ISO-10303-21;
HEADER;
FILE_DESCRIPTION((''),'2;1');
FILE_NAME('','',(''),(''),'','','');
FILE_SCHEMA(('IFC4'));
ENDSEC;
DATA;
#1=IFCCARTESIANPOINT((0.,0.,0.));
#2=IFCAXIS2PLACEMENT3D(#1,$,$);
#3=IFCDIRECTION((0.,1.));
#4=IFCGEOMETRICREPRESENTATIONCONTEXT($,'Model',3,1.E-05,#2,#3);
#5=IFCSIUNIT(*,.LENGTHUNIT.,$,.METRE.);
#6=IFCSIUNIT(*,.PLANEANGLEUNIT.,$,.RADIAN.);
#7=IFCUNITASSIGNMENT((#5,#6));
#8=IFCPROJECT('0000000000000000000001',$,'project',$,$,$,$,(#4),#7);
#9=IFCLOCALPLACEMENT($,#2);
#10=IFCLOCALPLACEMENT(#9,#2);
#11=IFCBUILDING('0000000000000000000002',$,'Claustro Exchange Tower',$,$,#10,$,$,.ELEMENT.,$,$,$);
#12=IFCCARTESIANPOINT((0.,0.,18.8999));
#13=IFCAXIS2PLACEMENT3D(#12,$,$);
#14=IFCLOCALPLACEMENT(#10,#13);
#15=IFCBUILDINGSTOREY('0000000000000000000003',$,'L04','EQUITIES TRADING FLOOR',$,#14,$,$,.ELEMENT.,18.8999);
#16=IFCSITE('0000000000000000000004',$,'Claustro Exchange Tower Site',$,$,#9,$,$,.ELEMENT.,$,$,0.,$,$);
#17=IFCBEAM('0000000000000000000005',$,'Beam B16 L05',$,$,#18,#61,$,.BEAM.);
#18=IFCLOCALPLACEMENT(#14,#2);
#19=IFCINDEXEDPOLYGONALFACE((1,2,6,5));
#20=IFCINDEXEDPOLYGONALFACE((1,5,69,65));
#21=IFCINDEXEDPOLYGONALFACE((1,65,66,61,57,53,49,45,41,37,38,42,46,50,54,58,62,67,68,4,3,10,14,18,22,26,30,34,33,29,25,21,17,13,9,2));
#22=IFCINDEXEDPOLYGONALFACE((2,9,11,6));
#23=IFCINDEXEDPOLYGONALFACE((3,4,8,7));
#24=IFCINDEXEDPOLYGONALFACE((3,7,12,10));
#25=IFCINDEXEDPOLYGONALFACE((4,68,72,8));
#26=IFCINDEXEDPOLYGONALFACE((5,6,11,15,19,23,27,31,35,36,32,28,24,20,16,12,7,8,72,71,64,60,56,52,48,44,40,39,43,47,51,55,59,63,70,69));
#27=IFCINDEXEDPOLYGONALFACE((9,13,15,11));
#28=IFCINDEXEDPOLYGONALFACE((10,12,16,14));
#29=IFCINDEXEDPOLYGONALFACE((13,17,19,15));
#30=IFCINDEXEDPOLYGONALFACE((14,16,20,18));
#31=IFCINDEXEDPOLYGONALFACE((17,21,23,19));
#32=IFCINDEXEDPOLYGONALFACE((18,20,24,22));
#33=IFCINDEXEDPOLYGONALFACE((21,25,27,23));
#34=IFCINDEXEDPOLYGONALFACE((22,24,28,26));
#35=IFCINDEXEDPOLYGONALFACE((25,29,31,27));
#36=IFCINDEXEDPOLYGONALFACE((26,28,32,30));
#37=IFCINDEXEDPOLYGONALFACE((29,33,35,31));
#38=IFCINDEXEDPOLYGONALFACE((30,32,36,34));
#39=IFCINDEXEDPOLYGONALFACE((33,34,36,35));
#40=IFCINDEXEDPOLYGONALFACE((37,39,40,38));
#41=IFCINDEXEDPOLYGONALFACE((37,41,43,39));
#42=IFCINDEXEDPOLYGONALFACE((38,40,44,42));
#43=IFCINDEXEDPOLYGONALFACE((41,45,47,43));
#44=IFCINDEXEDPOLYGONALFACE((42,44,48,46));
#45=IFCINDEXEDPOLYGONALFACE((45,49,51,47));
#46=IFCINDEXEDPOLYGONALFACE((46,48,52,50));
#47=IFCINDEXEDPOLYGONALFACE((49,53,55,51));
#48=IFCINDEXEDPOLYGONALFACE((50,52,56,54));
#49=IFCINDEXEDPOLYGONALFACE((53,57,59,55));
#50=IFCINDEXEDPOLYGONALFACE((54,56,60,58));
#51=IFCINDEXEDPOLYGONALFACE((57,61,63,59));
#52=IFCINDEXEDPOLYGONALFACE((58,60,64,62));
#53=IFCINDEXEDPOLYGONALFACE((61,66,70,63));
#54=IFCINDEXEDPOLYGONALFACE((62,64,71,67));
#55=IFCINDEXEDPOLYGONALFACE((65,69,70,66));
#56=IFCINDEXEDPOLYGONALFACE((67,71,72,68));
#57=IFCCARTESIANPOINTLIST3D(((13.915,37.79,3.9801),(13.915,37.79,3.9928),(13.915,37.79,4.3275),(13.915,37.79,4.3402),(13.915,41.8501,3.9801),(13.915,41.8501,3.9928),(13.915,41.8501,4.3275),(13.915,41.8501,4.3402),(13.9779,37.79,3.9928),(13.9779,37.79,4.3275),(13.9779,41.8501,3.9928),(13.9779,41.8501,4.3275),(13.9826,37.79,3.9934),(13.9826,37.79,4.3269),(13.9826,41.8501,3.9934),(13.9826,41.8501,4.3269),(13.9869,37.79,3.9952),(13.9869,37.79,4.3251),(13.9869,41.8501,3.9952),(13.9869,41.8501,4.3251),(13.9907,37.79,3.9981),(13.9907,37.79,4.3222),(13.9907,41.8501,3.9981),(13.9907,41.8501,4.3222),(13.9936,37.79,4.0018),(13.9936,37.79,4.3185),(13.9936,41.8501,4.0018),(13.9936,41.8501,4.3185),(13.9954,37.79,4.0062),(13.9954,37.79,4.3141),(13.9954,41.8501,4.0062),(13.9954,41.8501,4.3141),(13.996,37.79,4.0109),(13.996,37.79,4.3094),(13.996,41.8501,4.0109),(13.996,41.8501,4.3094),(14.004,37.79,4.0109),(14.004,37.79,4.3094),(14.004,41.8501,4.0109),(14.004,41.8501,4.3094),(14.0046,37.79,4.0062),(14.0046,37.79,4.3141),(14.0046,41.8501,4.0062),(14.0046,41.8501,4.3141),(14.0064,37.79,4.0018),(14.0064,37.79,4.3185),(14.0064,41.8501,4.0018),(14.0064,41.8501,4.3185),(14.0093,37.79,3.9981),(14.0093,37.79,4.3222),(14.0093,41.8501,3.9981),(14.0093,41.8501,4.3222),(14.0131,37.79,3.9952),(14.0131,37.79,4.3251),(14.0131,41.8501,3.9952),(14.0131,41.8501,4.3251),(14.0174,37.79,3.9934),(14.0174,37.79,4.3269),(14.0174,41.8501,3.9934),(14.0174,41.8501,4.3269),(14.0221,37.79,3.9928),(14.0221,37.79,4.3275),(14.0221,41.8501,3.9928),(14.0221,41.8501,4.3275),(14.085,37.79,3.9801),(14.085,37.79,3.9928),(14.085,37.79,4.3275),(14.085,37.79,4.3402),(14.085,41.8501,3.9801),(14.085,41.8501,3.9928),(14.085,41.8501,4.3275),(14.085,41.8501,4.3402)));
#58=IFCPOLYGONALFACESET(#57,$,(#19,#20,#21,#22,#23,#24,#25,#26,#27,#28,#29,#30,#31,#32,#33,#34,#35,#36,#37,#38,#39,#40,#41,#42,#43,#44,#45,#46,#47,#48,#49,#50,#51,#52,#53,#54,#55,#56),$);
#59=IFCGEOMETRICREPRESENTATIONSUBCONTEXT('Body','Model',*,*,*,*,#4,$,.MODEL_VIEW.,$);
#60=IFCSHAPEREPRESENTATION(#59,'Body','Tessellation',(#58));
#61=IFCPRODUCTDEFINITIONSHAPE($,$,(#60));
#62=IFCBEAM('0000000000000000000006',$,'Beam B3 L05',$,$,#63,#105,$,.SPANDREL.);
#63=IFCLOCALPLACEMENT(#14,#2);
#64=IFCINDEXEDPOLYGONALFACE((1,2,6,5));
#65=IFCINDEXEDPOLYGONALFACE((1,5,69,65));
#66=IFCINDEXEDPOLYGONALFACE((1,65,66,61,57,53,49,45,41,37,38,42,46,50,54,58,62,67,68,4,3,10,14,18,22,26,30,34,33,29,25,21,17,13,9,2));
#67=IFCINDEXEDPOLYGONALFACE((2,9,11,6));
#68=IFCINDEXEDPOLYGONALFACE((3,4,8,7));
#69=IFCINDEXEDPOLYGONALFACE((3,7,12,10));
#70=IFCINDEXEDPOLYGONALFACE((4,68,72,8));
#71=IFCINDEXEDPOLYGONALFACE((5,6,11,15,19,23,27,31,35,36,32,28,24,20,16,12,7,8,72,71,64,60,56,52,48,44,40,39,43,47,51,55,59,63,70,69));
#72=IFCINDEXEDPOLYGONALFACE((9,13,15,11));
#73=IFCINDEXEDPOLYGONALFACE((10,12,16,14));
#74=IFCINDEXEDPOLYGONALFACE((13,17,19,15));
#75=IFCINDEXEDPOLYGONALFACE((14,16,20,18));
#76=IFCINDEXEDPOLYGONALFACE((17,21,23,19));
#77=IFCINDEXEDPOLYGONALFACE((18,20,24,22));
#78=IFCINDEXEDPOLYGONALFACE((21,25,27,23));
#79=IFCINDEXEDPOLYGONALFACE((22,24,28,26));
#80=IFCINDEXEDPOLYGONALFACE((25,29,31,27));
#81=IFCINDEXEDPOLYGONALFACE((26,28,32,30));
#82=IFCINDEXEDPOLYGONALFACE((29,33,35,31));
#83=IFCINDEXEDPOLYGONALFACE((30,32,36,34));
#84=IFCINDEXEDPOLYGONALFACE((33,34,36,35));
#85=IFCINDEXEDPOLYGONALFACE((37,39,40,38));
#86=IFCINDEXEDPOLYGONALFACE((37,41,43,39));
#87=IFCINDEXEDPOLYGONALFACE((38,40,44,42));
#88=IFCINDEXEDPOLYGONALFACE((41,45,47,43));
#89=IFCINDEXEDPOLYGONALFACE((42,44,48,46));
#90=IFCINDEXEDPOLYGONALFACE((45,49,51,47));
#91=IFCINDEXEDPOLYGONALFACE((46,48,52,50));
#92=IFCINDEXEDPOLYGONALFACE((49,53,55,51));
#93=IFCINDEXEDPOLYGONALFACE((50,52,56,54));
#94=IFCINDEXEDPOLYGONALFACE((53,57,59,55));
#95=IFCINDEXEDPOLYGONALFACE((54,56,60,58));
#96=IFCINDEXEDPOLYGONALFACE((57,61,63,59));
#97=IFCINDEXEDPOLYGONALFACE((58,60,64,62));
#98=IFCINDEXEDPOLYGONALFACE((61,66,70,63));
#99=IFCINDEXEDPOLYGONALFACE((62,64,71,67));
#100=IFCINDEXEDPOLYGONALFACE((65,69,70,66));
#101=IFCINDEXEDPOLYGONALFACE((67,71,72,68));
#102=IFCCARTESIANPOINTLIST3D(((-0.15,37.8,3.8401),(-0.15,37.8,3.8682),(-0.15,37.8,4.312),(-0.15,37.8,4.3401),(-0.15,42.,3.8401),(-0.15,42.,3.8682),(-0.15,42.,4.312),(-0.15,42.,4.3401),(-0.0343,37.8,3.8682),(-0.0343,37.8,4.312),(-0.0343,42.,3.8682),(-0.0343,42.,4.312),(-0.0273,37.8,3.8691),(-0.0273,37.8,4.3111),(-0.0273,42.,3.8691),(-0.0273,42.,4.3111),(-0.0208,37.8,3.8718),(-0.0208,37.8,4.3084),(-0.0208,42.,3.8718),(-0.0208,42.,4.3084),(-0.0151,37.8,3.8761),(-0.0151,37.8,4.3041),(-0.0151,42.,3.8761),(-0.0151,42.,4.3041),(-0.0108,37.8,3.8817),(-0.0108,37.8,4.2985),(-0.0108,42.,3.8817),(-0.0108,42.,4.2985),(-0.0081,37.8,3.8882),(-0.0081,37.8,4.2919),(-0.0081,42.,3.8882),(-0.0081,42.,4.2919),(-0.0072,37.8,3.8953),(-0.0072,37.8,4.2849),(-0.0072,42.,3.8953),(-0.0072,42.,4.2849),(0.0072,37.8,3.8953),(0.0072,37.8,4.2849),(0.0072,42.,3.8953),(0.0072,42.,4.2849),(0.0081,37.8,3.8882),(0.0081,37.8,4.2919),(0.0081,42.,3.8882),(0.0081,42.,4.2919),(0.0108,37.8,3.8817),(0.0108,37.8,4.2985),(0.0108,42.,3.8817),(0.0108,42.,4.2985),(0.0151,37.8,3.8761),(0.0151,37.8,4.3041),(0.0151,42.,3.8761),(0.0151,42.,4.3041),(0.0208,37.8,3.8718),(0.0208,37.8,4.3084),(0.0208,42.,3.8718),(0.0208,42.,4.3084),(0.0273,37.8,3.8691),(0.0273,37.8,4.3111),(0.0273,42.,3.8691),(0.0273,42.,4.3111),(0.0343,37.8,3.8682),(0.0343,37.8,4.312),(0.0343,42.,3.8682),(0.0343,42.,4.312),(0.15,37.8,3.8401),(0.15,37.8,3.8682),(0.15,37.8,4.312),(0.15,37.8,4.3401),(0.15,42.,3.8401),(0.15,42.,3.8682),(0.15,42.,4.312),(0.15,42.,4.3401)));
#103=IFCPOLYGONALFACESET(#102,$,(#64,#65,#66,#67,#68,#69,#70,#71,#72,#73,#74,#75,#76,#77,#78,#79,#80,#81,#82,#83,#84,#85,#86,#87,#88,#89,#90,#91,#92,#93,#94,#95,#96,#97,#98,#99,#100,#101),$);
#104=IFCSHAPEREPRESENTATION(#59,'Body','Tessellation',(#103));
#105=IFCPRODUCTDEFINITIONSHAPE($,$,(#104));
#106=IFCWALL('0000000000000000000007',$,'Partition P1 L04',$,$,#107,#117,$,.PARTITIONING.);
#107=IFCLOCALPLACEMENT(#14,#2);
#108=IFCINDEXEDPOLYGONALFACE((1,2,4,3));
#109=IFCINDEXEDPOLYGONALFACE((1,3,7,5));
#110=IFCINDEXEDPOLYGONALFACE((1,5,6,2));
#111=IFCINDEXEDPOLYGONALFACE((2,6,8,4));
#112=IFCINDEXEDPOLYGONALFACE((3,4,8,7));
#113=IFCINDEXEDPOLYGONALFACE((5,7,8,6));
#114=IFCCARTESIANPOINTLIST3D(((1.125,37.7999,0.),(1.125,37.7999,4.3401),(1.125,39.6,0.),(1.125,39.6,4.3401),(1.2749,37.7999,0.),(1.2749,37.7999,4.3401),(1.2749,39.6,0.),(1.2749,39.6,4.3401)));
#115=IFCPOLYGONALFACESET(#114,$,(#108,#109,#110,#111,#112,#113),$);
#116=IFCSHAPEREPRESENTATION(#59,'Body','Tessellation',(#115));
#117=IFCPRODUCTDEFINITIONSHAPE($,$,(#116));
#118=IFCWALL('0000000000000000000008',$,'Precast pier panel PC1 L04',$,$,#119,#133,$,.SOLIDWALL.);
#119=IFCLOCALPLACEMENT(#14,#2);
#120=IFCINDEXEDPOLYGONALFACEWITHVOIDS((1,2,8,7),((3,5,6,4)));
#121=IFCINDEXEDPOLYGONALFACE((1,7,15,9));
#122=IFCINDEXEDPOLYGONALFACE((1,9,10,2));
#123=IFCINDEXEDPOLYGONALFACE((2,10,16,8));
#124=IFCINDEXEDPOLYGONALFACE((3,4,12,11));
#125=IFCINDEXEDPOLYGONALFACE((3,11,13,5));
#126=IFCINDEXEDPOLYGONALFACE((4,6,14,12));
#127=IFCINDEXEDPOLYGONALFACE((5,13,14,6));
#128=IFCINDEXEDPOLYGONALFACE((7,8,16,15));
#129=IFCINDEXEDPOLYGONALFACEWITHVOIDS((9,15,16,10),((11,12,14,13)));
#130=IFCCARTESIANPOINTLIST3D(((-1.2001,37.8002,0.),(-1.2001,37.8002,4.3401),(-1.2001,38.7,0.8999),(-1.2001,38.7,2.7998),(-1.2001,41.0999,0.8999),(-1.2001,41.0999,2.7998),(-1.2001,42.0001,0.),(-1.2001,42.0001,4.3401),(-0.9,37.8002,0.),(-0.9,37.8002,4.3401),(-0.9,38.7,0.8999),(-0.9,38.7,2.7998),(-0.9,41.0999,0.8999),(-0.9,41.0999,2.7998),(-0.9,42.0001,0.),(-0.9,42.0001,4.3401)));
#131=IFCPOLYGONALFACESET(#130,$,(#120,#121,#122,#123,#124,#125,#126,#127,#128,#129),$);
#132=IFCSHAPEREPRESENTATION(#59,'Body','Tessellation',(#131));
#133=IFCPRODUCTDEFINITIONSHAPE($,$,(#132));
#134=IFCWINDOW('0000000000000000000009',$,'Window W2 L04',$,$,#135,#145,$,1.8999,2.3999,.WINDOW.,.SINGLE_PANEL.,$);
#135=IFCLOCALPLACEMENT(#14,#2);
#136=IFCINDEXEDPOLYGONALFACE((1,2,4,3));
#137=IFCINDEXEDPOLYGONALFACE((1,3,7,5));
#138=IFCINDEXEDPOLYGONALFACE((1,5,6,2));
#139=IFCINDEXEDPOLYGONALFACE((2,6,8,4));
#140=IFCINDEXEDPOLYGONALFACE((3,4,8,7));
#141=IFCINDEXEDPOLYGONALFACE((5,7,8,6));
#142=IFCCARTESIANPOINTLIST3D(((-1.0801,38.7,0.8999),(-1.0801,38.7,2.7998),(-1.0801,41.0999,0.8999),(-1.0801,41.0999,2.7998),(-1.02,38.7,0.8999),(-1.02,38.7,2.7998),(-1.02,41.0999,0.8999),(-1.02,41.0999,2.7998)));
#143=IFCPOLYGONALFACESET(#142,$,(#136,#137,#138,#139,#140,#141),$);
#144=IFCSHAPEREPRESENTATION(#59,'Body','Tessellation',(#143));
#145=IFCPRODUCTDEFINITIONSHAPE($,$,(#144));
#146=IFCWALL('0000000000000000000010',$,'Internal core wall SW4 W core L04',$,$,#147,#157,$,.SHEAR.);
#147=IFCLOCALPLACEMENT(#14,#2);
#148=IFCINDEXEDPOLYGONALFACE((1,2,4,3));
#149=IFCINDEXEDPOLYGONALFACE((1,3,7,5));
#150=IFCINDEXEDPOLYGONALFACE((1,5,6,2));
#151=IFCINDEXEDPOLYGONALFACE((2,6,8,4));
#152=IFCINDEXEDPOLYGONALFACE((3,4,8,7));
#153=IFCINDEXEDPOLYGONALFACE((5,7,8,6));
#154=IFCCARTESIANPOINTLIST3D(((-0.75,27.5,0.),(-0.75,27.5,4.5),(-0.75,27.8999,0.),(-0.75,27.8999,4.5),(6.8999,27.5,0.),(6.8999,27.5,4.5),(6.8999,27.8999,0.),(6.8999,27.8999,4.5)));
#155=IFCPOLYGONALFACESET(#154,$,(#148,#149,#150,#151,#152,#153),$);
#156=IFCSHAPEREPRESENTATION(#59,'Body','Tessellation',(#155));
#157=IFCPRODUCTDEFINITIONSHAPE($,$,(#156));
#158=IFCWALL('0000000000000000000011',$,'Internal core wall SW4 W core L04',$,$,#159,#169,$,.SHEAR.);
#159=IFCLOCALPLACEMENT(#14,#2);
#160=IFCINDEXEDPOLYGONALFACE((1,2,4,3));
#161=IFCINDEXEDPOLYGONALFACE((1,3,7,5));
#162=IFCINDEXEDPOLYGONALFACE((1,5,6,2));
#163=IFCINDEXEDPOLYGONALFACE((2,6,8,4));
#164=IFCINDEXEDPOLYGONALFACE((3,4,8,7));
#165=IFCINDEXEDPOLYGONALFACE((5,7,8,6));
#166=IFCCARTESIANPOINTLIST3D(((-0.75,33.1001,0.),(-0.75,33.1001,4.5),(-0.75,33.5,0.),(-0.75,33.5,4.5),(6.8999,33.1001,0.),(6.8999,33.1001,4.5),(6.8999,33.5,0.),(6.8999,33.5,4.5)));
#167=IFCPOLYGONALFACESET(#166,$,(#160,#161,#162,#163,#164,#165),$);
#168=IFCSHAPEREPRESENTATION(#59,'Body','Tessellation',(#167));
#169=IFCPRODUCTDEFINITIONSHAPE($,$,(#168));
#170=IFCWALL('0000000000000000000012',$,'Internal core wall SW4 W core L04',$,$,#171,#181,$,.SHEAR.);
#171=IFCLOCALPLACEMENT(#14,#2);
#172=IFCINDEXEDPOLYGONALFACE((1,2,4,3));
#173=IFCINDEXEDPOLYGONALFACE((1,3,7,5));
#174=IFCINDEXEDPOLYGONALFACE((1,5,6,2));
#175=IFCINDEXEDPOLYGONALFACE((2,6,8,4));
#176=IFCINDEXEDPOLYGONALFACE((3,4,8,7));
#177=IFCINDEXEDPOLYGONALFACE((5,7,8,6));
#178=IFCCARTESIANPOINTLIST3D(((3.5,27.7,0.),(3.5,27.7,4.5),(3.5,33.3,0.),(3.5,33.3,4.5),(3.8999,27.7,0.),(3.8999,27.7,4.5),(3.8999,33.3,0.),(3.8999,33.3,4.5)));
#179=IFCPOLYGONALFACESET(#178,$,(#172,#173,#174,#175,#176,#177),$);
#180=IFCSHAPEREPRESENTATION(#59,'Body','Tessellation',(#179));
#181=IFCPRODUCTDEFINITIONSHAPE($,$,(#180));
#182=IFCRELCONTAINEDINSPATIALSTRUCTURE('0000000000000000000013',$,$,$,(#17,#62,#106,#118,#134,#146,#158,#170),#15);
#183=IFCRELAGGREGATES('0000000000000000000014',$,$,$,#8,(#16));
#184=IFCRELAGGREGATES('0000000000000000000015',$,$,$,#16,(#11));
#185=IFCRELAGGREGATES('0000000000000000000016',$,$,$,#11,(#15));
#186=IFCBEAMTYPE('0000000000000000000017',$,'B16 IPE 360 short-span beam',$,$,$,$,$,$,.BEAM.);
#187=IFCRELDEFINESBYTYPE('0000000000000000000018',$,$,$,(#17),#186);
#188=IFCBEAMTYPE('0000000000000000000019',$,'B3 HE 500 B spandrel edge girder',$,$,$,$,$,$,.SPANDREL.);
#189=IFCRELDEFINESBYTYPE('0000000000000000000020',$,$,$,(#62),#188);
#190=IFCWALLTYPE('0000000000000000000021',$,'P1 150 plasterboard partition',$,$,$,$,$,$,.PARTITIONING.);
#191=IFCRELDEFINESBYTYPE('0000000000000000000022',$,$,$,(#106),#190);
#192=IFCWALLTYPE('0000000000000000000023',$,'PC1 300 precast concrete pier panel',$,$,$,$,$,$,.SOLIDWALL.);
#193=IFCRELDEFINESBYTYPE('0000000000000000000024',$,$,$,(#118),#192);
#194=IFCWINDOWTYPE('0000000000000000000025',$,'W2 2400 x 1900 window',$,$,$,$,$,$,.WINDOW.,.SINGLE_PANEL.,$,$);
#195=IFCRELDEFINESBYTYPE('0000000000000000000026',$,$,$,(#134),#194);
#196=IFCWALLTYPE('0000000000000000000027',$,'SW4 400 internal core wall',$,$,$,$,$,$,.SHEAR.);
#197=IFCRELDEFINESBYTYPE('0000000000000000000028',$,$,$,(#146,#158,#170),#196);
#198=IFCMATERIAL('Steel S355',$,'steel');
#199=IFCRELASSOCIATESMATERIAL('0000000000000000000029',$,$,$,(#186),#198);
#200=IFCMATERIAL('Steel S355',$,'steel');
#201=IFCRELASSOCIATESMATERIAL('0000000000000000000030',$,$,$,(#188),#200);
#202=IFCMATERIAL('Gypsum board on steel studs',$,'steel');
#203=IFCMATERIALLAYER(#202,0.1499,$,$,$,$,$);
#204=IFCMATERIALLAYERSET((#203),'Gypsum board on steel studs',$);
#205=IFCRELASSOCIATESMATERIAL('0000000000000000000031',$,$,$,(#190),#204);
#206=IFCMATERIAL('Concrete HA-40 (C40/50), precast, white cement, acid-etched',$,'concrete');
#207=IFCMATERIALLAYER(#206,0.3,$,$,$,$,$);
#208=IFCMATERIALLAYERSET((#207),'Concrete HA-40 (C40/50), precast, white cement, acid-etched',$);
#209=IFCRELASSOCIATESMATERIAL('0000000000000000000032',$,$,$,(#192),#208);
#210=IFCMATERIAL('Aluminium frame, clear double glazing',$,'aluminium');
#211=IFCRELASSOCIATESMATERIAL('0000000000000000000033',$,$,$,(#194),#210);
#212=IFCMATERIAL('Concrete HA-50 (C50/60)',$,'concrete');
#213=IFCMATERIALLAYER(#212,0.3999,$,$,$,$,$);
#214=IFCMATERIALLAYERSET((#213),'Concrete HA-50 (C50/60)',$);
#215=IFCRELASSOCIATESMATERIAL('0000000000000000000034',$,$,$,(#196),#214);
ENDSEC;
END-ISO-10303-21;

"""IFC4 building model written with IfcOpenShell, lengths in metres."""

from ifc_helpers import new_model, si_unit, direction, frame, frame_2d, origin, origin_2d, place, context, subcontext, project, spatial, rectangle, i_section, extrude, material, layer, layer_set, material_profile, profile_set, type_object, element, fill, save


model = new_model("IFC4")

# Units and contexts
model_context = context("Model", 3, precision=1e-05, world=origin(), true_north=direction((0.0, 1.0)))
body_context = subcontext(model_context, "Body", "Model", "MODEL_VIEW")
ifc_project = project(units=[si_unit("LENGTHUNIT", "METRE"), si_unit("PLANEANGLEUNIT", "RADIAN")], contexts=[model_context])

# Site, building, storey
site_placement = place(None, origin())
site = spatial("IfcSite", under=ifc_project, at=site_placement, Name="Claustro Exchange Tower Site", CompositionType="ELEMENT", RefElevation=0.0)
building_placement = place(site_placement, origin())
building = spatial("IfcBuilding", under=site, at=building_placement, Name="Claustro Exchange Tower", CompositionType="ELEMENT")
storey_placement = place(building_placement, frame((0.0, 0.0, 18.8999)))
storey = spatial("IfcBuildingStorey", under=building, at=storey_placement, Name="L04", Description="EQUITIES TRADING FLOOR", CompositionType="ELEMENT", Elevation=18.8999)

# Beams
ifc_material_1 = material(Name="Steel S355", Category="steel")
ifc_material_profile_1 = material_profile(ifc_material_1, i_section(OverallWidth=0.1699, OverallDepth=0.3601, WebThickness=0.0081, FlangeThickness=0.0127, FilletRadius=0.0181, at=origin_2d()), Name="IPE 360")
ifc_profile_set_1 = profile_set([ifc_material_profile_1], Name="Steel S355")
beam_type_1 = type_object("IfcBeamType", Name="B16 IPE 360 short-span beam", PredefinedType="BEAM", material=ifc_profile_set_1)
for number, where, z_axis, x_axis, name in (
    (1, (14.0, 37.79, 4.1602), (0.0, 1.0, 0.0), (-1.0, 0.0, 0.0), "Beam B16 L05"),
):
    element("IfcBeam", number, at=place(storey_placement, frame(where, z_axis=z_axis, x_axis=x_axis)), inside=storey, type_object=beam_type_1, Name=name, PredefinedType="BEAM", context=body_context, shape_type="SweptSolid", body=[
        extrude(i_section(OverallWidth=0.1699, OverallDepth=0.3601, WebThickness=0.0081, FlangeThickness=0.0127, FilletRadius=0.0181, at=origin_2d()), origin(), (0.0, 0.0, 1.0), 4.0601),
    ])
ifc_material_2 = material(Name="Steel S355", Category="steel")
ifc_material_profile_2 = material_profile(ifc_material_2, i_section(OverallWidth=0.3, OverallDepth=0.5, WebThickness=0.0144, FlangeThickness=0.0281, FilletRadius=0.0271, at=origin_2d()), Name="HE 500 B")
ifc_profile_set_2 = profile_set([ifc_material_profile_2], Name="Steel S355")
beam_type_2 = type_object("IfcBeamType", Name="B3 HE 500 B spandrel edge girder", PredefinedType="SPANDREL", material=ifc_profile_set_2)
beam_1_placement = place(storey_placement, frame((0.0, 37.8, 4.0901), z_axis=(0.0, 1.0, 0.0), x_axis=(-1.0, 0.0, 0.0)))
element("IfcBeam", 2, at=beam_1_placement, inside=storey, type_object=beam_type_2, Name="Beam B3 L05", PredefinedType="SPANDREL", context=body_context, shape_type="SweptSolid", body=[
    extrude(i_section(OverallWidth=0.3, OverallDepth=0.5, WebThickness=0.0144, FlangeThickness=0.0281, FilletRadius=0.0271, at=origin_2d()), origin(), (0.0, 0.0, 1.0), 4.2),
])

# Wall
ifc_material_3 = material(Name="Gypsum board on steel studs", Category="steel")
ifc_layer_1 = layer(ifc_material_3, 0.1499)
ifc_layer_set_1 = layer_set([ifc_layer_1], Name="Gypsum board on steel studs")
wall_type_1 = type_object("IfcWallType", Name="P1 150 plasterboard partition", PredefinedType="PARTITIONING", material=ifc_layer_set_1)
wall_1_placement = place(storey_placement, frame((1.2, 37.8, 0.0), z_axis=(0.0, 0.0, 1.0), x_axis=(0.0, 1.0, 0.0)))
element("IfcWall", 3, at=wall_1_placement, inside=storey, type_object=wall_type_1, Name="Partition P1 L04", PredefinedType="PARTITIONING", context=body_context, shape_type="SweptSolid", body=[
    extrude(rectangle(XDim=1.8, YDim=0.1499, at=frame_2d((0.8999, 0.0))), origin(), (0.0, 0.0, 1.0), 4.3401),
])

# Wall, opening, window
ifc_material_4 = material(Name="Concrete HA-40 (C40/50), precast, white cement, acid-etched", Category="concrete")
ifc_layer_2 = layer(ifc_material_4, 0.3)
ifc_layer_set_2 = layer_set([ifc_layer_2], Name="Concrete HA-40 (C40/50), precast, white cement, acid-etched")
wall_type_2 = type_object("IfcWallType", Name="PC1 300 precast concrete pier panel", PredefinedType="SOLIDWALL", material=ifc_layer_set_2)
wall_2_placement = place(storey_placement, frame((-1.05, 37.8, 0.0), z_axis=(0.0, 0.0, 1.0), x_axis=(0.0, 1.0, 0.0)))
wall_2 = element("IfcWall", 4, at=wall_2_placement, inside=storey, type_object=wall_type_2, Name="Precast pier panel PC1 L04", PredefinedType="SOLIDWALL", context=body_context, shape_type="SweptSolid", body=[
    extrude(rectangle(XDim=4.2, YDim=0.3, at=frame_2d((2.1001, 0.0))), origin(), (0.0, 0.0, 1.0), 4.3401),
])
opening_1_placement = place(wall_2_placement, frame((0.8999, 0.0, 0.8999)))
opening_1 = element("IfcOpeningElement", 5, at=opening_1_placement, cuts=wall_2, PredefinedType="OPENING", context=body_context, shape_type="SweptSolid", body=[
    extrude(rectangle(XDim=2.3999, YDim=1.8999, at=frame_2d((1.2, 0.95))), frame((0.0, 0.1599, 0.0), z_axis=(0.0, -1.0, 0.0), x_axis=(1.0, 0.0, 0.0)), (0.0, 0.0, 1.0), 0.3201),
])
ifc_material_5 = material(Name="Aluminium frame, clear double glazing", Category="aluminium")
window_type = type_object("IfcWindowType", Name="W2 2400 x 1900 window", PartitioningType="SINGLE_PANEL", PredefinedType="WINDOW", material=ifc_material_5)
window_placement = place(opening_1_placement, origin())
window = element("IfcWindow", 6, at=window_placement, inside=storey, type_object=window_type, Name="Window W2 L04", OverallHeight=1.8999, OverallWidth=2.3999, PartitioningType="SINGLE_PANEL", PredefinedType="WINDOW", context=body_context, shape_type="SweptSolid", body=[
    extrude(rectangle(XDim=2.3999, YDim=1.8999, at=frame_2d((1.2, 0.95))), frame((0.0, 0.03, 0.0), z_axis=(0.0, -1.0, 0.0), x_axis=(1.0, 0.0, 0.0)), (0.0, 0.0, 1.0), 0.0601),
])
fill(opening_1, window)

# Walls
ifc_material_6 = material(Name="Concrete HA-50 (C50/60)", Category="concrete")
ifc_layer_3 = layer(ifc_material_6, 0.3999)
ifc_layer_set_3 = layer_set([ifc_layer_3], Name="Concrete HA-50 (C50/60)")
wall_type_3 = type_object("IfcWallType", Name="SW4 400 internal core wall", PredefinedType="SHEAR", material=ifc_layer_set_3)
for number, where, z_axis, x_axis, name in (
    (7, (-0.75, 27.7, 0.0), (0.0, 0.0, 1.0), (1.0, 0.0, 0.0), "Internal core wall SW4 W core L04"),
    (8, (-0.75, 33.3, 0.0), (0.0, 0.0, 1.0), (1.0, 0.0, 0.0), "Internal core wall SW4 W core L04"),
):
    element("IfcWall", number, at=place(storey_placement, frame(where, z_axis=z_axis, x_axis=x_axis)), inside=storey, type_object=wall_type_3, Name=name, PredefinedType="SHEAR", context=body_context, shape_type="SweptSolid", body=[
        extrude(rectangle(XDim=7.6499, YDim=0.3999, at=frame_2d((3.825, 0.0))), origin(), (0.0, 0.0, 1.0), 4.5),
    ])
wall_3_placement = place(storey_placement, frame((3.7, 27.7, 0.0), z_axis=(0.0, 0.0, 1.0), x_axis=(0.0, 1.0, 0.0)))
element("IfcWall", 9, at=wall_3_placement, inside=storey, type_object=wall_type_3, Name="Internal core wall SW4 W core L04", PredefinedType="SHEAR", context=body_context, shape_type="SweptSolid", body=[
    extrude(rectangle(XDim=5.6001, YDim=0.3999, at=frame_2d((2.8, 0.0))), origin(), (0.0, 0.0, 1.0), 4.5),
])

save(model, "model.ifc")
